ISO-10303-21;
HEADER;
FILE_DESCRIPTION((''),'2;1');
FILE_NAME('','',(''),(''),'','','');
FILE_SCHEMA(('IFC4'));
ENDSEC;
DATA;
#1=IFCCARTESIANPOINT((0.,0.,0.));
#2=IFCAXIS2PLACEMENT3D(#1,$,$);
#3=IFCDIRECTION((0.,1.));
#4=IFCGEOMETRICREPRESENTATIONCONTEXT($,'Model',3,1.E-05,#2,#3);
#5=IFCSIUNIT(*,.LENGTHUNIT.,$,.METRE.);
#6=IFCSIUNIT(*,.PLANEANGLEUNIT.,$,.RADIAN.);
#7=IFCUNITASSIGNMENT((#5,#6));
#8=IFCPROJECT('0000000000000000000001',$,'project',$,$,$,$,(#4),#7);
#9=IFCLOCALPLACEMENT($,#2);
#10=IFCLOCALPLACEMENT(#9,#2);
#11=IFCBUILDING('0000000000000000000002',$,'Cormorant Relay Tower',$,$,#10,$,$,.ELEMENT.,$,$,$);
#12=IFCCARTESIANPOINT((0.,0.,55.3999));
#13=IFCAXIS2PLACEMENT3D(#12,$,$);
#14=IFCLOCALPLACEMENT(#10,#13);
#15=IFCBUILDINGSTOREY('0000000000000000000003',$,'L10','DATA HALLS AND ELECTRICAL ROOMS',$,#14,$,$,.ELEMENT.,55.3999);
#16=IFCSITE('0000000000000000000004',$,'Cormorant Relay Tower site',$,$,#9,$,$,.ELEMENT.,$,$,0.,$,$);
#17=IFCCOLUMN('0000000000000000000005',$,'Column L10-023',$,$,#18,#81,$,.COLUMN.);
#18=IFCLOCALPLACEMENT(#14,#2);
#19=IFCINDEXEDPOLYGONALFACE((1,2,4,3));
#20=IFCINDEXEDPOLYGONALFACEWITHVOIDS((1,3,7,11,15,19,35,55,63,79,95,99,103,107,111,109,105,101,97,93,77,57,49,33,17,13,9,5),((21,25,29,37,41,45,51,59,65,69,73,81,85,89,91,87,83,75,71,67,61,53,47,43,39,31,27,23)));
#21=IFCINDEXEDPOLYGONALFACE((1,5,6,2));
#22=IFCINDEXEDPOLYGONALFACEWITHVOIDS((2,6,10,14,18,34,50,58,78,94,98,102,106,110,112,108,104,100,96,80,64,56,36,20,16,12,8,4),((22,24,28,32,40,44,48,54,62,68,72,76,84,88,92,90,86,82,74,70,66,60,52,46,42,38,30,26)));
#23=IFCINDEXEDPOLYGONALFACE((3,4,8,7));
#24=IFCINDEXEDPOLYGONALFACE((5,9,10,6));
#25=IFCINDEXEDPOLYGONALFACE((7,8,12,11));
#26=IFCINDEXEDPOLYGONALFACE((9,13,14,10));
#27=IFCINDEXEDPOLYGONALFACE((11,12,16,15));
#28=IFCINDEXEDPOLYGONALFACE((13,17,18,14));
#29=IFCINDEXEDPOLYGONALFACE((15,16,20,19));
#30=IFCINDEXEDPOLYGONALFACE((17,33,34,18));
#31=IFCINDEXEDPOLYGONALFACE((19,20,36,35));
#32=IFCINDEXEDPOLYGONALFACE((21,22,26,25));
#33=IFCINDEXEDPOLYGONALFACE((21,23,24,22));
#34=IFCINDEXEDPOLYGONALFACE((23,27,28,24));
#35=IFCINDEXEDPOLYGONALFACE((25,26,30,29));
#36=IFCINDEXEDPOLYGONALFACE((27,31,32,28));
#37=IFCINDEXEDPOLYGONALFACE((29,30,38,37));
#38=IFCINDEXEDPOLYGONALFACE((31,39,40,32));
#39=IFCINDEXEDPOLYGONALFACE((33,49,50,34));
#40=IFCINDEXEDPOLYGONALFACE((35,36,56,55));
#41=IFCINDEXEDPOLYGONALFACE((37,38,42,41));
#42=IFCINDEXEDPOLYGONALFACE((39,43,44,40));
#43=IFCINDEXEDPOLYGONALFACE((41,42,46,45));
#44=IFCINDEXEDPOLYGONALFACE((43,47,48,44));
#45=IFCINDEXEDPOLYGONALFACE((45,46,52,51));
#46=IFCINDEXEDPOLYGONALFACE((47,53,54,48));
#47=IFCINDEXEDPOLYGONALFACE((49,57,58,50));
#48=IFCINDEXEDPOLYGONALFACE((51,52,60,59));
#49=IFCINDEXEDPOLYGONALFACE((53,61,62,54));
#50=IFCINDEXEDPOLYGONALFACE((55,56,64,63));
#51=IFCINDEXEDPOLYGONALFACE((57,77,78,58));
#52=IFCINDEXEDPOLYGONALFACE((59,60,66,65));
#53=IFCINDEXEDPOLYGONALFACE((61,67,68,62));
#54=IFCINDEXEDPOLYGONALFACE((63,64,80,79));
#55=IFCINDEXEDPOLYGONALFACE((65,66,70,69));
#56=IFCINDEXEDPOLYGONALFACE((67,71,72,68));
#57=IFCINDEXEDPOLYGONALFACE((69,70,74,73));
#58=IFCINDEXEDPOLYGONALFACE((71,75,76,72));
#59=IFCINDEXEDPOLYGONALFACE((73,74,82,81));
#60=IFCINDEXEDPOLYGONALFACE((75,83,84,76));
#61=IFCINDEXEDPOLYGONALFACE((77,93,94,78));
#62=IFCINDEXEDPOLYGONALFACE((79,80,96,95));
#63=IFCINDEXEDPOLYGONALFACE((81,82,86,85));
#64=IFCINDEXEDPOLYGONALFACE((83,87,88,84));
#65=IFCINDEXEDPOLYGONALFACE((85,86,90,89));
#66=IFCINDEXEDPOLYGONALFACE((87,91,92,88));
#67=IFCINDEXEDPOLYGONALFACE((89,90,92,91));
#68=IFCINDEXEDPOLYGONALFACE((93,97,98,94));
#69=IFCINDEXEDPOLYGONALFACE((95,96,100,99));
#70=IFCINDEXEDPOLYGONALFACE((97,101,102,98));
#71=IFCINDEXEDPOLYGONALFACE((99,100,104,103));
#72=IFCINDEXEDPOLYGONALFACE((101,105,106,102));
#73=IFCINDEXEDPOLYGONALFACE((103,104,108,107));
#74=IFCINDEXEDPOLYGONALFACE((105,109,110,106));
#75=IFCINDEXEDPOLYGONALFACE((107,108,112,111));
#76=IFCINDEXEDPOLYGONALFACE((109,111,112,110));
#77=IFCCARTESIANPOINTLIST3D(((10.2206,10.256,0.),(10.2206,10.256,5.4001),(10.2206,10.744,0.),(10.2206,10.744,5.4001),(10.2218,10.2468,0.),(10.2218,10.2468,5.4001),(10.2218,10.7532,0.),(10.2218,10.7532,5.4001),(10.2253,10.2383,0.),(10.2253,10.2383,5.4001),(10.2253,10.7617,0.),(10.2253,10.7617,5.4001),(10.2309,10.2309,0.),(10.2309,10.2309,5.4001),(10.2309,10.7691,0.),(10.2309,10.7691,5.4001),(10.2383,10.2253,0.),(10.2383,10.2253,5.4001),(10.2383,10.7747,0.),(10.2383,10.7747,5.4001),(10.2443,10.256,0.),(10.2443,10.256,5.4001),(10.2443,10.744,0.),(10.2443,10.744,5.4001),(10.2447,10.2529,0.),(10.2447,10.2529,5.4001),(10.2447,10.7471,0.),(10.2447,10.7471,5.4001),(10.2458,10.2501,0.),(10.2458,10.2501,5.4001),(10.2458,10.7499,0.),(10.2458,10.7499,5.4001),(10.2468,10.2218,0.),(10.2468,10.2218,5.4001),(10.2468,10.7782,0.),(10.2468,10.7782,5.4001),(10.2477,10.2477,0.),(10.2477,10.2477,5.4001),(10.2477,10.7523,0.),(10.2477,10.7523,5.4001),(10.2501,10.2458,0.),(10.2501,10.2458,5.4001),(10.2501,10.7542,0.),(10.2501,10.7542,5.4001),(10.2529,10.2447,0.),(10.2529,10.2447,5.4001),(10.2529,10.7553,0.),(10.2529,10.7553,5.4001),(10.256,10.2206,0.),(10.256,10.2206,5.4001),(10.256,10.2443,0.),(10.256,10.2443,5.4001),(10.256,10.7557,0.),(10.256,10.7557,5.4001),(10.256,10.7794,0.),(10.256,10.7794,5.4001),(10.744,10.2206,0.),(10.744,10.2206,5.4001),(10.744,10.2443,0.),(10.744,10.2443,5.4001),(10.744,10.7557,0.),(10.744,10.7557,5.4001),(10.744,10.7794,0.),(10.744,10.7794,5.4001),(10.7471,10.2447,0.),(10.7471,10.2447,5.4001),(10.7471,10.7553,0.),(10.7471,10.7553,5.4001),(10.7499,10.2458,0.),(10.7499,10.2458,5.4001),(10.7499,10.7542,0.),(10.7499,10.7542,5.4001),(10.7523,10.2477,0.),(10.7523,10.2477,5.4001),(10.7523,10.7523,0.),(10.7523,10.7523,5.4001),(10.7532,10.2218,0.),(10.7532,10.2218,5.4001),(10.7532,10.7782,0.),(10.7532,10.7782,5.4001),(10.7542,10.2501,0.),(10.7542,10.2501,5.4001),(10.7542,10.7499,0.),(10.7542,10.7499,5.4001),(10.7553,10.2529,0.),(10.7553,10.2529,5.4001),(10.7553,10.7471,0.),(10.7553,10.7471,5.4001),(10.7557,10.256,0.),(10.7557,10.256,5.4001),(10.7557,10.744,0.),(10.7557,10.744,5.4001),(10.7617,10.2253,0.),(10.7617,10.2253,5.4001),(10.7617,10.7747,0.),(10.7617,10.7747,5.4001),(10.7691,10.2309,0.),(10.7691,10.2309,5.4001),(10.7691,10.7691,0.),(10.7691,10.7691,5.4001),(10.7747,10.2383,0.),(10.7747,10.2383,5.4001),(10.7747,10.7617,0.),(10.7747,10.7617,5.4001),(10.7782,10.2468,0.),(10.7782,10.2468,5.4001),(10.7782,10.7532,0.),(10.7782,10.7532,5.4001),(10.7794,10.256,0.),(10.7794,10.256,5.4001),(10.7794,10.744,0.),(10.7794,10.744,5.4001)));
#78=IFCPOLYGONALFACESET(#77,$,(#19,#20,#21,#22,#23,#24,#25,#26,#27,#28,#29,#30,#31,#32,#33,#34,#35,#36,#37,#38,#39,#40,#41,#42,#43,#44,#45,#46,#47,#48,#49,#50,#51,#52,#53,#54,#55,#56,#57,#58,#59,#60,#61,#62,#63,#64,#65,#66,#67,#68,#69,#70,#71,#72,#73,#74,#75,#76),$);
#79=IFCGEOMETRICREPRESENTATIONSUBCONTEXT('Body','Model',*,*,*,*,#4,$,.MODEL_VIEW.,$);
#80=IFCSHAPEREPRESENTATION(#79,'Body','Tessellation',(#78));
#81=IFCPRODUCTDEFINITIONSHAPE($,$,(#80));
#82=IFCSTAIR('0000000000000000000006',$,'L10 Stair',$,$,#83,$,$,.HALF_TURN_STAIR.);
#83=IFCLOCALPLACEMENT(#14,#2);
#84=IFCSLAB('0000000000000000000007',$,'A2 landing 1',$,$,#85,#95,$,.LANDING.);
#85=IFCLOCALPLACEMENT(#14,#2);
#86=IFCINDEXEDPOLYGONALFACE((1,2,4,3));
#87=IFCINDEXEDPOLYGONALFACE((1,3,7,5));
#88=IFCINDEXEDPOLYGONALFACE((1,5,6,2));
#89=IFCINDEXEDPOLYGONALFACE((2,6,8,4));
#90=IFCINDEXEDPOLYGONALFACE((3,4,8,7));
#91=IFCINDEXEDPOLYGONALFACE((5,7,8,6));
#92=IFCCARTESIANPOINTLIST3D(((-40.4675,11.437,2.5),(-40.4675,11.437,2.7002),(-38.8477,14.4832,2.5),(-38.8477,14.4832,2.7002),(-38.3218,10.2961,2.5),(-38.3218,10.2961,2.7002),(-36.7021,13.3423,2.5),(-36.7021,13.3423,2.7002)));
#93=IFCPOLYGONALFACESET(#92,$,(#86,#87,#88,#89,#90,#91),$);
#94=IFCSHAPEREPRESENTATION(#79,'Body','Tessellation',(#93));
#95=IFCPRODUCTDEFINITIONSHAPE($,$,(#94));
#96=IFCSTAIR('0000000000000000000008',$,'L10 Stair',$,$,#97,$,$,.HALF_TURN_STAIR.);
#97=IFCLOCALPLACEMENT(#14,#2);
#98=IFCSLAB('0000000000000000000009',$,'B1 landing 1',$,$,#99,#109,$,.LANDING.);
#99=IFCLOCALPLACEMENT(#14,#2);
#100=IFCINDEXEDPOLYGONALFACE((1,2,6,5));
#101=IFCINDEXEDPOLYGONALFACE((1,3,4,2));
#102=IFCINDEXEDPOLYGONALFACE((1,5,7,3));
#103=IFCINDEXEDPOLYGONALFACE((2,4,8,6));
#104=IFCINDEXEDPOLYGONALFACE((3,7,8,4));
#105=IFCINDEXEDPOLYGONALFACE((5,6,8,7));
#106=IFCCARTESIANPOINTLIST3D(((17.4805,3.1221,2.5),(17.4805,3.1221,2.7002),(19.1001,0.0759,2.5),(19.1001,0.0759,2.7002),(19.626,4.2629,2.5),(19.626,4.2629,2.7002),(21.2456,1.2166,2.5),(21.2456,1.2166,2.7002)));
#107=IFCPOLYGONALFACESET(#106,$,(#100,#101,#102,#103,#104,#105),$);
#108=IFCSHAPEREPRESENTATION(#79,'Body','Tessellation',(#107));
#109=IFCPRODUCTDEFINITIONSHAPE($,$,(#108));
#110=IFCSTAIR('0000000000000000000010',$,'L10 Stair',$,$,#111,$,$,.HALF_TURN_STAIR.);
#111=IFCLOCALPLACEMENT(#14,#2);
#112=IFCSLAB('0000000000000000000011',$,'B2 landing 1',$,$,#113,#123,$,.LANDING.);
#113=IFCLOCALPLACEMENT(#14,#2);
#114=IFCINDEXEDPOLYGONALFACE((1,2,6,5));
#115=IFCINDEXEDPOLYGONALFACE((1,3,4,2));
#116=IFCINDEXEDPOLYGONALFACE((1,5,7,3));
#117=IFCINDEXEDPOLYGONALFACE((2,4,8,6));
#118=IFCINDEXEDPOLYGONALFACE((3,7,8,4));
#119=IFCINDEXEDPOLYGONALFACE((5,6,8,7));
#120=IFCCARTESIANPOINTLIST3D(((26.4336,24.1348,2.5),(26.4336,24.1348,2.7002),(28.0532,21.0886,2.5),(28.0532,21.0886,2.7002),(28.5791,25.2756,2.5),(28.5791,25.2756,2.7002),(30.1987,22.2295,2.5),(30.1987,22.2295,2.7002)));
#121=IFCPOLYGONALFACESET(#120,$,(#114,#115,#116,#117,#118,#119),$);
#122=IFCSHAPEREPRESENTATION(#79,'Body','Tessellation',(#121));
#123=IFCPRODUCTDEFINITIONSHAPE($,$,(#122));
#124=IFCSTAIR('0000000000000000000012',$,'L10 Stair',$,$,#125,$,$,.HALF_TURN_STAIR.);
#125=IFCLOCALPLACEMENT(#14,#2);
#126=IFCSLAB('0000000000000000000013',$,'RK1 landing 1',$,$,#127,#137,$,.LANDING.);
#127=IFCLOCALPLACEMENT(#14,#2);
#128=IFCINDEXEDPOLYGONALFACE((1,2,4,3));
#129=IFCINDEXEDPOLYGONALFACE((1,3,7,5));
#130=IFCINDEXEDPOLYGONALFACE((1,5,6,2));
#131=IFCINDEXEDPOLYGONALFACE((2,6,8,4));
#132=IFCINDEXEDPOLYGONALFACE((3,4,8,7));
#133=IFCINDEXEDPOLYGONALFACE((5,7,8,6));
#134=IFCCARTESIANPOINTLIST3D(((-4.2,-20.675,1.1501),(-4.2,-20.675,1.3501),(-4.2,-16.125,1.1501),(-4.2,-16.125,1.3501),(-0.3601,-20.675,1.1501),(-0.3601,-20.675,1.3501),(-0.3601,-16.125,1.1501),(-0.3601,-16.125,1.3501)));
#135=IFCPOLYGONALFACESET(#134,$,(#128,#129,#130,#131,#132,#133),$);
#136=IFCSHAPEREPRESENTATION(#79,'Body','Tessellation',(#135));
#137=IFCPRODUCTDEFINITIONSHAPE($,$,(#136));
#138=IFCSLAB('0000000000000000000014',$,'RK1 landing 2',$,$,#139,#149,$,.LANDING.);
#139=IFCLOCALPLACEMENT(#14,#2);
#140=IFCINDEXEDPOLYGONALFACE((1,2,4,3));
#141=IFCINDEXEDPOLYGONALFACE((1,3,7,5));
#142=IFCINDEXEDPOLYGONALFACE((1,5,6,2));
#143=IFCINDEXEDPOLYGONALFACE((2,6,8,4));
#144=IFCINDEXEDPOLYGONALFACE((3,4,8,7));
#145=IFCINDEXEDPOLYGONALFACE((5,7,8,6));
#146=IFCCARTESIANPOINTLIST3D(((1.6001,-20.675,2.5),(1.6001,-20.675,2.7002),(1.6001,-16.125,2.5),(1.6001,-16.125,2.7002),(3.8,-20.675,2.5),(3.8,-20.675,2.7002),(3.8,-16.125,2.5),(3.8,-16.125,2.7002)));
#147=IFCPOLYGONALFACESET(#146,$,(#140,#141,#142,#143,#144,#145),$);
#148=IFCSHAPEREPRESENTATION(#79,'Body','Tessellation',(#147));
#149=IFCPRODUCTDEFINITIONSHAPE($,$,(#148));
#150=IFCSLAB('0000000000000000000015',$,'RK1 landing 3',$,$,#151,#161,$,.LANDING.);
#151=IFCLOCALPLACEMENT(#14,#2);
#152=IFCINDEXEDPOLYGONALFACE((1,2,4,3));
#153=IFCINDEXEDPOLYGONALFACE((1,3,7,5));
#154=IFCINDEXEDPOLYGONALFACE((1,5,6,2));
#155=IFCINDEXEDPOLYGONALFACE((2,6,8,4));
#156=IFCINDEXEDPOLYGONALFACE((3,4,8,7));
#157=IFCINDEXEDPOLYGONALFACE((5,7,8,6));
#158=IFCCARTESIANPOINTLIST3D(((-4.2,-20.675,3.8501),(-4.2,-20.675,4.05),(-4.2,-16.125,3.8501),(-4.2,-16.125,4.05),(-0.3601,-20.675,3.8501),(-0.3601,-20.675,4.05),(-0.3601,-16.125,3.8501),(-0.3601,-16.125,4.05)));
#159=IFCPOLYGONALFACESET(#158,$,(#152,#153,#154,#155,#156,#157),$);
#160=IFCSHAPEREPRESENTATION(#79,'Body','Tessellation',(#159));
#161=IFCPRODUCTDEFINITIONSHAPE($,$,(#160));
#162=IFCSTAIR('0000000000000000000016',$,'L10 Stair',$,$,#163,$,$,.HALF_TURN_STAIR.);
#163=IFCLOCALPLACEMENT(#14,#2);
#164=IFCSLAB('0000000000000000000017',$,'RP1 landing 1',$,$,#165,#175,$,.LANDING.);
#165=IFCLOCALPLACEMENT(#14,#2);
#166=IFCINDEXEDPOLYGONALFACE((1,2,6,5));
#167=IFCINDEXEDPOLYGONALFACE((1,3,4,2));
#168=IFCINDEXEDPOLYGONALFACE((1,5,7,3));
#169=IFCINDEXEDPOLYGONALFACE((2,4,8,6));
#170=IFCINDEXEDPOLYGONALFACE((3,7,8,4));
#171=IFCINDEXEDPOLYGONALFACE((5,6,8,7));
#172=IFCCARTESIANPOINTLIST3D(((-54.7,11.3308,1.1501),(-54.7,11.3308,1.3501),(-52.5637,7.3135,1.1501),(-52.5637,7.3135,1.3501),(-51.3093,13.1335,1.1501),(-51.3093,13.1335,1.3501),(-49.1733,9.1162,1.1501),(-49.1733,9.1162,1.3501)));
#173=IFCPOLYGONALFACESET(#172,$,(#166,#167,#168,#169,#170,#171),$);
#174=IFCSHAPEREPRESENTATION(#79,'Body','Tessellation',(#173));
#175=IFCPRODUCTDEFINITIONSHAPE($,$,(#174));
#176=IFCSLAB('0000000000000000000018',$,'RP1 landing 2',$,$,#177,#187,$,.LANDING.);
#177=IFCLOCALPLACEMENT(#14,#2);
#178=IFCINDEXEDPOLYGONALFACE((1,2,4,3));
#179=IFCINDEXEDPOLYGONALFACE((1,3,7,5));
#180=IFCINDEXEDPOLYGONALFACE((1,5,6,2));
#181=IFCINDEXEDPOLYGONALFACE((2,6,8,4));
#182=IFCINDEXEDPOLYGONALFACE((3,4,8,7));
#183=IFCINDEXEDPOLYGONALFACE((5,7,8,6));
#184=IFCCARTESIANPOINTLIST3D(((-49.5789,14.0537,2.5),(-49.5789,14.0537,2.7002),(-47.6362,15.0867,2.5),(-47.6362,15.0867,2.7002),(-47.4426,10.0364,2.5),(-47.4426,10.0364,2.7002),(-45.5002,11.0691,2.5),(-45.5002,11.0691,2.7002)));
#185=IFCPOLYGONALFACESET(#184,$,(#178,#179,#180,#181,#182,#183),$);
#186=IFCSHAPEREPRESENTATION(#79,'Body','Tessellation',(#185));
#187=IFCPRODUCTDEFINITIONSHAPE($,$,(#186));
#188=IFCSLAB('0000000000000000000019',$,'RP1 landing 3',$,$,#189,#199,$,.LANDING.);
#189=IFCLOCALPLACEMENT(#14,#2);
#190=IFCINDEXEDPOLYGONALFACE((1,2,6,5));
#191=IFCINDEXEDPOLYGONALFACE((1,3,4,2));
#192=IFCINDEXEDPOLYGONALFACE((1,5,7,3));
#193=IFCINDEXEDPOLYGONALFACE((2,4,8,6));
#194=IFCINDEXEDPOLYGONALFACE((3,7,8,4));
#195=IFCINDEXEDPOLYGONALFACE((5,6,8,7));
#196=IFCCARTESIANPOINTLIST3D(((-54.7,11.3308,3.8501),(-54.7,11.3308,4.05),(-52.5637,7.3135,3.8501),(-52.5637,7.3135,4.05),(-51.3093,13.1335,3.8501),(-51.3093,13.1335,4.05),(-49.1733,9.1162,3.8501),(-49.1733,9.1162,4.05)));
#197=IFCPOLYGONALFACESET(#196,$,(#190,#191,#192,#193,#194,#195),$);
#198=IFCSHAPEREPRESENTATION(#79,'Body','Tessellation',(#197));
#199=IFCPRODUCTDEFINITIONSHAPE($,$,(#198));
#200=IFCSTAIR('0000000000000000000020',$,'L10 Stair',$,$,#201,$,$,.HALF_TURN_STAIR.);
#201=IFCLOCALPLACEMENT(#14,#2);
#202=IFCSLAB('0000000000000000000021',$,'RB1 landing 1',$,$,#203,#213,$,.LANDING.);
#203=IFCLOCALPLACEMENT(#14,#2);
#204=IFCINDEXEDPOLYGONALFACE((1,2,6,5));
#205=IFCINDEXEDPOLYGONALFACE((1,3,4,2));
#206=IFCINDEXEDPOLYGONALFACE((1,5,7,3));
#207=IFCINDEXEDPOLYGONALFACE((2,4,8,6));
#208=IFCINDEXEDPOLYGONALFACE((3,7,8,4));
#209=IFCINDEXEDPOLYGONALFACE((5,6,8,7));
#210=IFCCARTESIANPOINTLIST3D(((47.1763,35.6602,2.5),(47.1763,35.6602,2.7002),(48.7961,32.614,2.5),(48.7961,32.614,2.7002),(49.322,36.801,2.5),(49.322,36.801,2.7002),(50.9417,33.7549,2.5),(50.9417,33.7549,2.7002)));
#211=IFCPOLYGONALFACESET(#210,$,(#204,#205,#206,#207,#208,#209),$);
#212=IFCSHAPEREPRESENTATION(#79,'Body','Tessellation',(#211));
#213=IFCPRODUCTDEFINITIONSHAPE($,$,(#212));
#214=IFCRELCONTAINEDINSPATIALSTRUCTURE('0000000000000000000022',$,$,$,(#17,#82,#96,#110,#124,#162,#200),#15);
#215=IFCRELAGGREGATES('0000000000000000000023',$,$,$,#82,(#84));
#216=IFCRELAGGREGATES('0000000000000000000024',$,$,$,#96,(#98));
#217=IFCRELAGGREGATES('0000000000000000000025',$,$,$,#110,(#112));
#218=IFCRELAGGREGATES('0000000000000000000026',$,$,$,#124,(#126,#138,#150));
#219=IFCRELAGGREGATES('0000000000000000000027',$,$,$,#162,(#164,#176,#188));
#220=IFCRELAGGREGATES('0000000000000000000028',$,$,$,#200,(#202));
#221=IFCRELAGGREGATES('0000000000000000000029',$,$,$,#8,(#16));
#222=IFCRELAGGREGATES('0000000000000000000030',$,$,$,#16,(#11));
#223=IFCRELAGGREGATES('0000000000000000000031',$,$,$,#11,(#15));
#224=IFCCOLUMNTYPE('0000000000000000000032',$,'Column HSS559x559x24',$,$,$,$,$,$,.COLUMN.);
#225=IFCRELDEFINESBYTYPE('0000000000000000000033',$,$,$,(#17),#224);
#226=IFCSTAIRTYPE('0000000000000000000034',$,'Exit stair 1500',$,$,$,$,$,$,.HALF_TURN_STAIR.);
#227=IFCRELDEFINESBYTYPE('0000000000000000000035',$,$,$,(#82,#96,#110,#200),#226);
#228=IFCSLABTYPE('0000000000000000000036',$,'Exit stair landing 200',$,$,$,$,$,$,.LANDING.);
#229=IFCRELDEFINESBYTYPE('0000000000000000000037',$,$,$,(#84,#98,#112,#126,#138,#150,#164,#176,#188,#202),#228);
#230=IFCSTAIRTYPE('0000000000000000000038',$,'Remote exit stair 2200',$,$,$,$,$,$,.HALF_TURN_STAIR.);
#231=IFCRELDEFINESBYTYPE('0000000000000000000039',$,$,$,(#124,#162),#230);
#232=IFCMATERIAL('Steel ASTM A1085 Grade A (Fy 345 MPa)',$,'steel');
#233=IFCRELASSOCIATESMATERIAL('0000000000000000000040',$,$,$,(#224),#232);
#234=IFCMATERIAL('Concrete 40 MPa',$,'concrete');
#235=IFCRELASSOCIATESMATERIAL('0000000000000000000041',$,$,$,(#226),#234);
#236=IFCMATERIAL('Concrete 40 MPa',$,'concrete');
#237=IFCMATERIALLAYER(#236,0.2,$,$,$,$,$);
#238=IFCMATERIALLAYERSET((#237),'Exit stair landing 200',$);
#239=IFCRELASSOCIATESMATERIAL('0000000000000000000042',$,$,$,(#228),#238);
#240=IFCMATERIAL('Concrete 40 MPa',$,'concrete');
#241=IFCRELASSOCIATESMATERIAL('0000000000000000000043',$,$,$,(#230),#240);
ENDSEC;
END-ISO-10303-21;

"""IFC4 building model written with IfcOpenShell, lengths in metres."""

from ifc_helpers import new_model, si_unit, direction, frame, origin, origin_2d, place, context, subcontext, project, spatial, polyline, hollow_rectangle, outline, extrude, material, layer, layer_set, material_profile, profile_set, type_object, element, aggregate, save


model = new_model("IFC4")

# Units and contexts
model_context = context("Model", 3, precision=1e-05, world=origin(), true_north=direction((0.0, 1.0)))
body_context = subcontext(model_context, "Body", "Model", "MODEL_VIEW")
ifc_project = project(units=[si_unit("LENGTHUNIT", "METRE"), si_unit("PLANEANGLEUNIT", "RADIAN")], contexts=[model_context])

# Site, building, storey
site_placement = place(None, origin())
site = spatial("IfcSite", under=ifc_project, at=site_placement, Name="Cormorant Relay Tower site", CompositionType="ELEMENT", RefElevation=0.0)
building_placement = place(site_placement, origin())
building = spatial("IfcBuilding", under=site, at=building_placement, Name="Cormorant Relay Tower", CompositionType="ELEMENT")
storey_placement = place(building_placement, frame((0.0, 0.0, 55.3999)))
storey = spatial("IfcBuildingStorey", under=building, at=storey_placement, Name="L10", Description="DATA HALLS AND ELECTRICAL ROOMS", CompositionType="ELEMENT", Elevation=55.3999)

# Column
ifc_material_1 = material(Name="Steel ASTM A1085 Grade A (Fy 345 MPa)", Category="steel")
ifc_material_profile = material_profile(ifc_material_1, hollow_rectangle(XDim=0.5588, YDim=0.5588, WallThickness=0.0237, InnerFilletRadius=0.0117, OuterFilletRadius=0.0354, at=origin_2d()), Name="HSS559x559x24")
ifc_profile_set = profile_set([ifc_material_profile], Name="Steel ASTM A1085 Grade A (Fy 345 MPa)")
column_type = type_object("IfcColumnType", Name="Column HSS559x559x24", PredefinedType="COLUMN", material=ifc_profile_set)
column_placement = place(storey_placement, frame((10.5, 10.5, 0.0), z_axis=(0.0, 0.0, 1.0), x_axis=(1.0, 0.0, 0.0)))
element("IfcColumn", 1, at=column_placement, inside=storey, type_object=column_type, Name="Column L10-023", PredefinedType="COLUMN", context=body_context, shape_type="SweptSolid", body=[
    extrude(hollow_rectangle(XDim=0.5588, YDim=0.5588, WallThickness=0.0237, InnerFilletRadius=0.0117, OuterFilletRadius=0.0354, at=origin_2d()), origin(), (0.0, 0.0, 1.0), 5.4001),
])

# Stairs, slabs
ifc_material_2 = material(Name="Concrete 40 MPa", Category="concrete")
stair_type_1 = type_object("IfcStairType", Name="Exit stair 1500", PredefinedType="HALF_TURN_STAIR", material=ifc_material_2)
stair_1_placement = place(storey_placement, origin())
stair_1 = element("IfcStair", 2, at=stair_1_placement, inside=storey, type_object=stair_type_1, Name="L10 Stair", PredefinedType="HALF_TURN_STAIR")
ifc_material_3 = material(Name="Concrete 40 MPa", Category="concrete")
ifc_layer_1 = layer(ifc_material_3, 0.2)
ifc_layer_set_1 = layer_set([ifc_layer_1], Name="Exit stair landing 200")
slab_type = type_object("IfcSlabType", Name="Exit stair landing 200", PredefinedType="LANDING", material=ifc_layer_set_1)
slab_1_placement = place(storey_placement, frame((0.0, 0.0, 2.5)))
slab_1 = element("IfcSlab", 3, at=slab_1_placement, type_object=slab_type, Name="A2 landing 1", PredefinedType="LANDING", context=body_context, shape_type="SweptSolid", body=[
    extrude(outline(polyline([(-36.7021, 13.3423), (-38.8477, 14.4832), (-40.4675, 11.437), (-38.3218, 10.2961), (-36.7021, 13.3423)])), origin(), (0.0, 0.0, 1.0), 0.2002),
])
aggregate(stair_1, [slab_1])
stair_2_placement = place(storey_placement, origin())
stair_2 = element("IfcStair", 4, at=stair_2_placement, inside=storey, type_object=stair_type_1, Name="L10 Stair", PredefinedType="HALF_TURN_STAIR")
slab_2_placement = place(storey_placement, frame((0.0, 0.0, 2.5)))
slab_2 = element("IfcSlab", 5, at=slab_2_placement, type_object=slab_type, Name="B1 landing 1", PredefinedType="LANDING", context=body_context, shape_type="SweptSolid", body=[
    extrude(outline(polyline([(19.626, 4.2629), (17.4805, 3.1221), (19.1001, 0.0759), (21.2456, 1.2166), (19.626, 4.2629)])), origin(), (0.0, 0.0, 1.0), 0.2002),
])
aggregate(stair_2, [slab_2])
stair_3_placement = place(storey_placement, origin())
stair_3 = element("IfcStair", 6, at=stair_3_placement, inside=storey, type_object=stair_type_1, Name="L10 Stair", PredefinedType="HALF_TURN_STAIR")
slab_3_placement = place(storey_placement, frame((0.0, 0.0, 2.5)))
slab_3 = element("IfcSlab", 7, at=slab_3_placement, type_object=slab_type, Name="B2 landing 1", PredefinedType="LANDING", context=body_context, shape_type="SweptSolid", body=[
    extrude(outline(polyline([(28.0532, 21.0886), (30.1987, 22.2295), (28.5791, 25.2756), (26.4336, 24.1348), (28.0532, 21.0886)])), origin(), (0.0, 0.0, 1.0), 0.2002),
])
aggregate(stair_3, [slab_3])

# Stairs, slabs
ifc_material_4 = material(Name="Concrete 40 MPa", Category="concrete")
stair_type_2 = type_object("IfcStairType", Name="Remote exit stair 2200", PredefinedType="HALF_TURN_STAIR", material=ifc_material_4)
stair_4_placement = place(storey_placement, origin())
stair_4 = element("IfcStair", 8, at=stair_4_placement, inside=storey, type_object=stair_type_2, Name="L10 Stair", PredefinedType="HALF_TURN_STAIR")
slab_4_placement = place(storey_placement, frame((0.0, 0.0, 1.1501)))
slab_4 = element("IfcSlab", 9, at=slab_4_placement, type_object=slab_type, Name="RK1 landing 1", PredefinedType="LANDING", context=body_context, shape_type="SweptSolid", body=[
    extrude(outline(polyline([(-0.3601, -16.125), (-4.2, -16.125), (-4.2, -20.675), (-0.3601, -20.675), (-0.3601, -16.125)])), origin(), (0.0, 0.0, 1.0), 0.2),
])
slab_5_placement = place(storey_placement, frame((0.0, 0.0, 2.5)))
slab_5 = element("IfcSlab", 10, at=slab_5_placement, type_object=slab_type, Name="RK1 landing 2", PredefinedType="LANDING", context=body_context, shape_type="SweptSolid", body=[
    extrude(outline(polyline([(3.8, -16.125), (1.6001, -16.125), (1.6001, -20.675), (3.8, -20.675), (3.8, -16.125)])), origin(), (0.0, 0.0, 1.0), 0.2002),
])
slab_6_placement = place(storey_placement, frame((0.0, 0.0, 3.8501)))
slab_6 = element("IfcSlab", 11, at=slab_6_placement, type_object=slab_type, Name="RK1 landing 3", PredefinedType="LANDING", context=body_context, shape_type="SweptSolid", body=[
    extrude(outline(polyline([(-0.3601, -16.125), (-4.2, -16.125), (-4.2, -20.675), (-0.3601, -20.675), (-0.3601, -16.125)])), origin(), (0.0, 0.0, 1.0), 0.2),
])
aggregate(stair_4, [slab_4, slab_5, slab_6])
stair_5_placement = place(storey_placement, origin())
stair_5 = element("IfcStair", 12, at=stair_5_placement, inside=storey, type_object=stair_type_2, Name="L10 Stair", PredefinedType="HALF_TURN_STAIR")
slab_7_placement = place(storey_placement, frame((0.0, 0.0, 1.1501)))
slab_7 = element("IfcSlab", 13, at=slab_7_placement, type_object=slab_type, Name="RP1 landing 1", PredefinedType="LANDING", context=body_context, shape_type="SweptSolid", body=[
    extrude(outline(polyline([(-51.3093, 13.1335), (-54.7, 11.3308), (-52.5637, 7.3135), (-49.1733, 9.1162), (-51.3093, 13.1335)])), origin(), (0.0, 0.0, 1.0), 0.2),
])
slab_8_placement = place(storey_placement, frame((0.0, 0.0, 2.5)))
slab_8 = element("IfcSlab", 14, at=slab_8_placement, type_object=slab_type, Name="RP1 landing 2", PredefinedType="LANDING", context=body_context, shape_type="SweptSolid", body=[
    extrude(outline(polyline([(-47.6362, 15.0867), (-49.5789, 14.0537), (-47.4426, 10.0364), (-45.5002, 11.0691), (-47.6362, 15.0867)])), origin(), (0.0, 0.0, 1.0), 0.2002),
])
slab_9_placement = place(storey_placement, frame((0.0, 0.0, 3.8501)))
slab_9 = element("IfcSlab", 15, at=slab_9_placement, type_object=slab_type, Name="RP1 landing 3", PredefinedType="LANDING", context=body_context, shape_type="SweptSolid", body=[
    extrude(outline(polyline([(-51.3093, 13.1335), (-54.7, 11.3308), (-52.5637, 7.3135), (-49.1733, 9.1162), (-51.3093, 13.1335)])), origin(), (0.0, 0.0, 1.0), 0.2),
])
aggregate(stair_5, [slab_7, slab_8, slab_9])

# Stair, slab
stair_6_placement = place(storey_placement, origin())
stair_6 = element("IfcStair", 16, at=stair_6_placement, inside=storey, type_object=stair_type_1, Name="L10 Stair", PredefinedType="HALF_TURN_STAIR")
slab_10_placement = place(storey_placement, frame((0.0, 0.0, 2.5)))
slab_10 = element("IfcSlab", 17, at=slab_10_placement, type_object=slab_type, Name="RB1 landing 1", PredefinedType="LANDING", context=body_context, shape_type="SweptSolid", body=[
    extrude(outline(polyline([(48.7961, 32.614), (50.9417, 33.7549), (49.322, 36.801), (47.1763, 35.6602), (48.7961, 32.614)])), origin(), (0.0, 0.0, 1.0), 0.2002),
])
aggregate(stair_6, [slab_10])

save(model, "model.ifc")
